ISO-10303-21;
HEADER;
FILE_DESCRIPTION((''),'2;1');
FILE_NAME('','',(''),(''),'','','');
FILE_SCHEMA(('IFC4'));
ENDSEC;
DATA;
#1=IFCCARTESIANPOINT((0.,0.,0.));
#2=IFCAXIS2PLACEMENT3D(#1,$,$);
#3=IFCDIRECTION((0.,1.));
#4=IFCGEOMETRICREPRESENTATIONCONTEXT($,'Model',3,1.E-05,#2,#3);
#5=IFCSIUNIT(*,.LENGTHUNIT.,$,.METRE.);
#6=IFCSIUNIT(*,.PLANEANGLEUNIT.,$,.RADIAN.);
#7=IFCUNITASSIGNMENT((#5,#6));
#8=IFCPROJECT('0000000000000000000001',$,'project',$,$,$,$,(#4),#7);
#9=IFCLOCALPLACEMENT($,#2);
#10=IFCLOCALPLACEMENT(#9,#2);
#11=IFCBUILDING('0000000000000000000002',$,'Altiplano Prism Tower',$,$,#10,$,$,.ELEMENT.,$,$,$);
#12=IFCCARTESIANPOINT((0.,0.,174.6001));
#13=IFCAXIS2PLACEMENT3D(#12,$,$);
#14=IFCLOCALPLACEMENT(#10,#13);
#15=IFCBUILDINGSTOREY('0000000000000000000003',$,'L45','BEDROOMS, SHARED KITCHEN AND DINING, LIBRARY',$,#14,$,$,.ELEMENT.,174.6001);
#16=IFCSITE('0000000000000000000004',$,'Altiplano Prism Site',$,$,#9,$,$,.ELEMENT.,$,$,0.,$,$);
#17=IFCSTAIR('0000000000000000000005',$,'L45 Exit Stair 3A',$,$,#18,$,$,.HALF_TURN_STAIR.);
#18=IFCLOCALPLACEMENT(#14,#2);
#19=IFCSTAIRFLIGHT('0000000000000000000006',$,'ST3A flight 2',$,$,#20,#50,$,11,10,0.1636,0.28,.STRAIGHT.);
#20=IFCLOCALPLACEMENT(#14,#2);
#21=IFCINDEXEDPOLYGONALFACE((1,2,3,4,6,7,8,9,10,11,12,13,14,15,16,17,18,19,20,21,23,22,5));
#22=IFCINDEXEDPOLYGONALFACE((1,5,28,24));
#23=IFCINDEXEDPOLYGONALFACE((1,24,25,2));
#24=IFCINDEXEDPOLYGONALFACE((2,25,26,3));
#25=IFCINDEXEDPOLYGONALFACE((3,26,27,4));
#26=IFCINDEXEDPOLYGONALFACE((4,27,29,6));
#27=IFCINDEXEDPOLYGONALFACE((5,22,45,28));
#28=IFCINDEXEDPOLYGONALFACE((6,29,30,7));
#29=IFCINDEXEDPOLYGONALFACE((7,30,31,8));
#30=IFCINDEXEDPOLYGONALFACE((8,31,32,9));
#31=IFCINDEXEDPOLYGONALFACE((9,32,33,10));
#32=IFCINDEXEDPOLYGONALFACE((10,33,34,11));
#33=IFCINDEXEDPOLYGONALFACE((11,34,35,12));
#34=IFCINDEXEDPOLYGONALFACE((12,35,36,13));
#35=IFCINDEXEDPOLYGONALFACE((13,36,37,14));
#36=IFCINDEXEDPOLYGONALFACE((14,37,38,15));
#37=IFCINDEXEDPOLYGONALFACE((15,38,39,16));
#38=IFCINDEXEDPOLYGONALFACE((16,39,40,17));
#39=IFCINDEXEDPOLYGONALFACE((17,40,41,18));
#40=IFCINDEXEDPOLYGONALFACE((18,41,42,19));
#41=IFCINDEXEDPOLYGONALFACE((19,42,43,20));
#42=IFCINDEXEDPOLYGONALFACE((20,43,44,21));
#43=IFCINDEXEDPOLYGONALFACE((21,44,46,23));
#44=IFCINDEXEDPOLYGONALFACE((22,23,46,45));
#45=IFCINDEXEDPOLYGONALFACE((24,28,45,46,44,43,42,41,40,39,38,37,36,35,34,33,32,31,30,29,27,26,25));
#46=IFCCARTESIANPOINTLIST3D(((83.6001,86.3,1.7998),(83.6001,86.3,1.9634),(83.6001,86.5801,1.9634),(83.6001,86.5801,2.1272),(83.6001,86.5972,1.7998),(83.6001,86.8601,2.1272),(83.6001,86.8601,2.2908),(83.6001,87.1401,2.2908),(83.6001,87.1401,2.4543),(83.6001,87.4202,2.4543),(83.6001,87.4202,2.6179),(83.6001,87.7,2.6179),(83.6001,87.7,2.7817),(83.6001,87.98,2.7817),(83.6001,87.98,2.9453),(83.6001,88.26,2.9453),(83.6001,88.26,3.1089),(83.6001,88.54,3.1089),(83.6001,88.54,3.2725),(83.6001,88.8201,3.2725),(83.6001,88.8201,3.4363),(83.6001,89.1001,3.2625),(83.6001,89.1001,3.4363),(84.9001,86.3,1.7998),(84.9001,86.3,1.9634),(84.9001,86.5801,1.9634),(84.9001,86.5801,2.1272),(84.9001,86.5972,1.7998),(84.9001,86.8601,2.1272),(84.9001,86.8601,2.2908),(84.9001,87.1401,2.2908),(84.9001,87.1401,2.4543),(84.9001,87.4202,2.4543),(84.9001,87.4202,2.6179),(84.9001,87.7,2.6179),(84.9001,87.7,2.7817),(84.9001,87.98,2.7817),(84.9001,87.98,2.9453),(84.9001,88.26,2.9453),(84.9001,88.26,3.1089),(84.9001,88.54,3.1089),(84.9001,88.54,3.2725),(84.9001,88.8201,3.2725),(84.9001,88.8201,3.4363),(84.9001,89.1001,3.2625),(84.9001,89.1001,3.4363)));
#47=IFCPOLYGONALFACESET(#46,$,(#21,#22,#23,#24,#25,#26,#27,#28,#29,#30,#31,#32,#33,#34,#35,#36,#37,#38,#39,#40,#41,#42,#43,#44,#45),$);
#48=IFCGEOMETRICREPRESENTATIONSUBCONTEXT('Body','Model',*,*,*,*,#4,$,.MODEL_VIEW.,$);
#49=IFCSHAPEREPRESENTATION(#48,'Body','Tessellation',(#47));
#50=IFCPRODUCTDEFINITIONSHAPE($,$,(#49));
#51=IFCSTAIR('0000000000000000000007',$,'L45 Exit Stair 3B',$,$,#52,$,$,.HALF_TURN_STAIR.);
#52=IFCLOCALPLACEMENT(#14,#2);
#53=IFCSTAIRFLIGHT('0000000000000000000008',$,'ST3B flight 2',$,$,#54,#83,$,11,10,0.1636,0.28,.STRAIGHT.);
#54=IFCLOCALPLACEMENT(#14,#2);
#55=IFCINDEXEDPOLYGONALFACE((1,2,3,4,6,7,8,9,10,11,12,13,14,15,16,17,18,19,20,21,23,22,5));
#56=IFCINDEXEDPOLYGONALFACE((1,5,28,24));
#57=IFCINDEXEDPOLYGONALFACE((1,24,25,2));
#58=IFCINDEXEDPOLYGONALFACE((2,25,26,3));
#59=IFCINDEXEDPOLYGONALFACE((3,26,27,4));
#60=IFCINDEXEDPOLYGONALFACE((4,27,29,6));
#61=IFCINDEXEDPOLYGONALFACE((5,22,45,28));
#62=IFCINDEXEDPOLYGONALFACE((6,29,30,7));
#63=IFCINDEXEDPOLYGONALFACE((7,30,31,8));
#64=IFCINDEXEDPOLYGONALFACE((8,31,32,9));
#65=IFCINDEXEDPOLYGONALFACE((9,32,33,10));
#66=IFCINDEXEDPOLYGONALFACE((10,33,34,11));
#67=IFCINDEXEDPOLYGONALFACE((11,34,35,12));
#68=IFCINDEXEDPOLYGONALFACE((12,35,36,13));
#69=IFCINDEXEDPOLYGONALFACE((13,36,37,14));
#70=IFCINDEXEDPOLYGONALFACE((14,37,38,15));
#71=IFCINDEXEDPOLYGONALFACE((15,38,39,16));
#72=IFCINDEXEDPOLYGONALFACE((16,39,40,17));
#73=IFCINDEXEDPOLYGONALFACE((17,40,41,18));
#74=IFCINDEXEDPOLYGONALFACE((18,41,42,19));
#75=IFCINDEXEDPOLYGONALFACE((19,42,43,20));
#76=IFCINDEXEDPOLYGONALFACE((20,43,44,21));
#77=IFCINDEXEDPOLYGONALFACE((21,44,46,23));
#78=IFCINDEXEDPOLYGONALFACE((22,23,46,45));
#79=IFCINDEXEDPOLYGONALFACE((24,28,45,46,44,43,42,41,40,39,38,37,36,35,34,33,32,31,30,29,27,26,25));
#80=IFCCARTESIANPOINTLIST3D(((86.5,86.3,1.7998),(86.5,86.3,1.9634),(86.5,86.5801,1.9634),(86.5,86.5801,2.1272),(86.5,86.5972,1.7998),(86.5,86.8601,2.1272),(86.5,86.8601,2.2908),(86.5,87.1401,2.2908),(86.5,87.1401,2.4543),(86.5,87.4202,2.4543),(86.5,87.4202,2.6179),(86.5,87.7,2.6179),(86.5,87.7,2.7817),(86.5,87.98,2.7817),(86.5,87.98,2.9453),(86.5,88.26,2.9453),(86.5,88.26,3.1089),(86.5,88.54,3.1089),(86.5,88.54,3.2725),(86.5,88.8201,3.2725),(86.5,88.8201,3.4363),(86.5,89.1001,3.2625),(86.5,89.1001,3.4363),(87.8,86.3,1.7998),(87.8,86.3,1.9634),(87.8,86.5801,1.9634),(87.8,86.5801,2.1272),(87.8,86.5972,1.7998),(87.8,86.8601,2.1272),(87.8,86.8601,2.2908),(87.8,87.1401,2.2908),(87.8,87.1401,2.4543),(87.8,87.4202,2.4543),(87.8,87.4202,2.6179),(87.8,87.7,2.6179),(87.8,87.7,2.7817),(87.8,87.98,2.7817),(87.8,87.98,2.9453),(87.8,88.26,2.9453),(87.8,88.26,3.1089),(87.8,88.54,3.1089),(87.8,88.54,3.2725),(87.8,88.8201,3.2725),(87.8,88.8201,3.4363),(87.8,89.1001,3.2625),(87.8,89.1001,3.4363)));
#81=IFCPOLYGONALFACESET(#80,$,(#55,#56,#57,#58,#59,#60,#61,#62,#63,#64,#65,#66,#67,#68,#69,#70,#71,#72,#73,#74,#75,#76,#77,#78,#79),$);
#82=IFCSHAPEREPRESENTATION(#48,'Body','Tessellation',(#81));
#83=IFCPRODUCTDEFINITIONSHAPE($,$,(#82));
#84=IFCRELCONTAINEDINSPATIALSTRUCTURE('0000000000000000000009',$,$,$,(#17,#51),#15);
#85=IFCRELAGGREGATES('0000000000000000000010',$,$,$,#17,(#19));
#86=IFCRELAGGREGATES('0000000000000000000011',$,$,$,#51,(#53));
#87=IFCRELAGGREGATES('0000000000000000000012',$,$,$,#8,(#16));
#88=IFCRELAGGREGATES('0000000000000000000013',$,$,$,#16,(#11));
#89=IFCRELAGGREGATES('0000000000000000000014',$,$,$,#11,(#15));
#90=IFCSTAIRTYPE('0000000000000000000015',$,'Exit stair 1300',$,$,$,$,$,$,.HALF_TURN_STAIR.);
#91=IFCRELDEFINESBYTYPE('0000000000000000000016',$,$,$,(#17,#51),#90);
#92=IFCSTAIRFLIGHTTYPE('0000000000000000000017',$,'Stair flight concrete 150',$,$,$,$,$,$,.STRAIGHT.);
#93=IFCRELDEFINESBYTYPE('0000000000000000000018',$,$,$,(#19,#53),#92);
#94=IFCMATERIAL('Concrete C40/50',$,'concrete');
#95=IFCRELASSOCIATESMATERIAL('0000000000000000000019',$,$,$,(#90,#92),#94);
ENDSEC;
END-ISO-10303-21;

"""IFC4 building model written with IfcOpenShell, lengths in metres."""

from ifc_helpers import new_model, si_unit, direction, frame, origin, place, context, subcontext, project, spatial, polyline, outline, extrude, material, type_object, element, aggregate, save


model = new_model("IFC4")

# Units and contexts
model_context = context("Model", 3, precision=1e-05, world=origin(), true_north=direction((0.0, 1.0)))
body_context = subcontext(model_context, "Body", "Model", "MODEL_VIEW")
ifc_project = project(units=[si_unit("LENGTHUNIT", "METRE"), si_unit("PLANEANGLEUNIT", "RADIAN")], contexts=[model_context])

# Site, building, storey
site_placement = place(None, origin())
site = spatial("IfcSite", under=ifc_project, at=site_placement, Name="Altiplano Prism Site", CompositionType="ELEMENT", RefElevation=0.0)
building_placement = place(site_placement, origin())
building = spatial("IfcBuilding", under=site, at=building_placement, Name="Altiplano Prism Tower", CompositionType="ELEMENT")
storey_placement = place(building_placement, frame((0.0, 0.0, 174.6001)))
storey = spatial("IfcBuildingStorey", under=building, at=storey_placement, Name="L45", Description="BEDROOMS, SHARED KITCHEN AND DINING, LIBRARY", CompositionType="ELEMENT", Elevation=174.6001)

# Stairs, stair flights
ifc_material_1 = material(Name="Concrete C40/50", Category="concrete")
stair_type = type_object("IfcStairType", Name="Exit stair 1300", PredefinedType="HALF_TURN_STAIR", material=ifc_material_1)
stair_1_placement = place(storey_placement, origin())
stair_1 = element("IfcStair", 1, at=stair_1_placement, inside=storey, type_object=stair_type, Name="L45 Exit Stair 3A", PredefinedType="HALF_TURN_STAIR")
stair_flight_type = type_object("IfcStairFlightType", Name="Stair flight concrete 150", PredefinedType="STRAIGHT", material=ifc_material_1)
stair_flight_1_placement = place(storey_placement, frame((84.25, 86.3, 1.7998), z_axis=(0.0, 0.0, 1.0), x_axis=(0.0, 1.0, 0.0)))
stair_flight_1 = element("IfcStairFlight", 2, at=stair_flight_1_placement, type_object=stair_flight_type, Name="ST3A flight 2", NumberOfRisers=11, NumberOfTreads=10, PredefinedType="STRAIGHT", RiserHeight=0.1636, TreadLength=0.28, context=body_context, shape_type="SweptSolid", body=[
    extrude(outline(polyline([(0.0, 0.0), (0.0, 0.1636), (0.28, 0.1636), (0.28, 0.3274), (0.5601, 0.3274), (0.5601, 0.491), (0.8401, 0.491), (0.8401, 0.6545), (1.1201, 0.6545), (1.1201, 0.8181), (1.3999, 0.8181), (1.3999, 0.9819), (1.6799, 0.9819), (1.6799, 1.1455), (1.96, 1.1455), (1.96, 1.3091), (2.24, 1.3091), (2.24, 1.4727), (2.52, 1.4727), (2.52, 1.6365), (2.8, 1.6365), (2.8, 1.8), (2.8, 1.4626), (0.2971, 0.0), (0.0, 0.0)])), frame((0.0, 0.6499, 0.0), z_axis=(0.0, -1.0, 0.0), x_axis=(1.0, 0.0, 0.0)), (0.0, 0.0, 1.0), 1.3),
])
aggregate(stair_1, [stair_flight_1])
stair_2_placement = place(storey_placement, origin())
stair_2 = element("IfcStair", 3, at=stair_2_placement, inside=storey, type_object=stair_type, Name="L45 Exit Stair 3B", PredefinedType="HALF_TURN_STAIR")
stair_flight_2_placement = place(storey_placement, frame((87.1499, 86.3, 1.7998), z_axis=(0.0, 0.0, 1.0), x_axis=(0.0, 1.0, 0.0)))
stair_flight_2 = element("IfcStairFlight", 4, at=stair_flight_2_placement, type_object=stair_flight_type, Name="ST3B flight 2", NumberOfRisers=11, NumberOfTreads=10, PredefinedType="STRAIGHT", RiserHeight=0.1636, TreadLength=0.28, context=body_context, shape_type="SweptSolid", body=[
    extrude(outline(polyline([(0.0, 0.0), (0.0, 0.1636), (0.28, 0.1636), (0.28, 0.3274), (0.5601, 0.3274), (0.5601, 0.491), (0.8401, 0.491), (0.8401, 0.6545), (1.1201, 0.6545), (1.1201, 0.8181), (1.3999, 0.8181), (1.3999, 0.9819), (1.6799, 0.9819), (1.6799, 1.1455), (1.96, 1.1455), (1.96, 1.3091), (2.24, 1.3091), (2.24, 1.4727), (2.52, 1.4727), (2.52, 1.6365), (2.8, 1.6365), (2.8, 1.8), (2.8, 1.4626), (0.2971, 0.0), (0.0, 0.0)])), frame((0.0, 0.6499, 0.0), z_axis=(0.0, -1.0, 0.0), x_axis=(1.0, 0.0, 0.0)), (0.0, 0.0, 1.0), 1.3),
])
aggregate(stair_2, [stair_flight_2])

save(model, "model.ifc")
